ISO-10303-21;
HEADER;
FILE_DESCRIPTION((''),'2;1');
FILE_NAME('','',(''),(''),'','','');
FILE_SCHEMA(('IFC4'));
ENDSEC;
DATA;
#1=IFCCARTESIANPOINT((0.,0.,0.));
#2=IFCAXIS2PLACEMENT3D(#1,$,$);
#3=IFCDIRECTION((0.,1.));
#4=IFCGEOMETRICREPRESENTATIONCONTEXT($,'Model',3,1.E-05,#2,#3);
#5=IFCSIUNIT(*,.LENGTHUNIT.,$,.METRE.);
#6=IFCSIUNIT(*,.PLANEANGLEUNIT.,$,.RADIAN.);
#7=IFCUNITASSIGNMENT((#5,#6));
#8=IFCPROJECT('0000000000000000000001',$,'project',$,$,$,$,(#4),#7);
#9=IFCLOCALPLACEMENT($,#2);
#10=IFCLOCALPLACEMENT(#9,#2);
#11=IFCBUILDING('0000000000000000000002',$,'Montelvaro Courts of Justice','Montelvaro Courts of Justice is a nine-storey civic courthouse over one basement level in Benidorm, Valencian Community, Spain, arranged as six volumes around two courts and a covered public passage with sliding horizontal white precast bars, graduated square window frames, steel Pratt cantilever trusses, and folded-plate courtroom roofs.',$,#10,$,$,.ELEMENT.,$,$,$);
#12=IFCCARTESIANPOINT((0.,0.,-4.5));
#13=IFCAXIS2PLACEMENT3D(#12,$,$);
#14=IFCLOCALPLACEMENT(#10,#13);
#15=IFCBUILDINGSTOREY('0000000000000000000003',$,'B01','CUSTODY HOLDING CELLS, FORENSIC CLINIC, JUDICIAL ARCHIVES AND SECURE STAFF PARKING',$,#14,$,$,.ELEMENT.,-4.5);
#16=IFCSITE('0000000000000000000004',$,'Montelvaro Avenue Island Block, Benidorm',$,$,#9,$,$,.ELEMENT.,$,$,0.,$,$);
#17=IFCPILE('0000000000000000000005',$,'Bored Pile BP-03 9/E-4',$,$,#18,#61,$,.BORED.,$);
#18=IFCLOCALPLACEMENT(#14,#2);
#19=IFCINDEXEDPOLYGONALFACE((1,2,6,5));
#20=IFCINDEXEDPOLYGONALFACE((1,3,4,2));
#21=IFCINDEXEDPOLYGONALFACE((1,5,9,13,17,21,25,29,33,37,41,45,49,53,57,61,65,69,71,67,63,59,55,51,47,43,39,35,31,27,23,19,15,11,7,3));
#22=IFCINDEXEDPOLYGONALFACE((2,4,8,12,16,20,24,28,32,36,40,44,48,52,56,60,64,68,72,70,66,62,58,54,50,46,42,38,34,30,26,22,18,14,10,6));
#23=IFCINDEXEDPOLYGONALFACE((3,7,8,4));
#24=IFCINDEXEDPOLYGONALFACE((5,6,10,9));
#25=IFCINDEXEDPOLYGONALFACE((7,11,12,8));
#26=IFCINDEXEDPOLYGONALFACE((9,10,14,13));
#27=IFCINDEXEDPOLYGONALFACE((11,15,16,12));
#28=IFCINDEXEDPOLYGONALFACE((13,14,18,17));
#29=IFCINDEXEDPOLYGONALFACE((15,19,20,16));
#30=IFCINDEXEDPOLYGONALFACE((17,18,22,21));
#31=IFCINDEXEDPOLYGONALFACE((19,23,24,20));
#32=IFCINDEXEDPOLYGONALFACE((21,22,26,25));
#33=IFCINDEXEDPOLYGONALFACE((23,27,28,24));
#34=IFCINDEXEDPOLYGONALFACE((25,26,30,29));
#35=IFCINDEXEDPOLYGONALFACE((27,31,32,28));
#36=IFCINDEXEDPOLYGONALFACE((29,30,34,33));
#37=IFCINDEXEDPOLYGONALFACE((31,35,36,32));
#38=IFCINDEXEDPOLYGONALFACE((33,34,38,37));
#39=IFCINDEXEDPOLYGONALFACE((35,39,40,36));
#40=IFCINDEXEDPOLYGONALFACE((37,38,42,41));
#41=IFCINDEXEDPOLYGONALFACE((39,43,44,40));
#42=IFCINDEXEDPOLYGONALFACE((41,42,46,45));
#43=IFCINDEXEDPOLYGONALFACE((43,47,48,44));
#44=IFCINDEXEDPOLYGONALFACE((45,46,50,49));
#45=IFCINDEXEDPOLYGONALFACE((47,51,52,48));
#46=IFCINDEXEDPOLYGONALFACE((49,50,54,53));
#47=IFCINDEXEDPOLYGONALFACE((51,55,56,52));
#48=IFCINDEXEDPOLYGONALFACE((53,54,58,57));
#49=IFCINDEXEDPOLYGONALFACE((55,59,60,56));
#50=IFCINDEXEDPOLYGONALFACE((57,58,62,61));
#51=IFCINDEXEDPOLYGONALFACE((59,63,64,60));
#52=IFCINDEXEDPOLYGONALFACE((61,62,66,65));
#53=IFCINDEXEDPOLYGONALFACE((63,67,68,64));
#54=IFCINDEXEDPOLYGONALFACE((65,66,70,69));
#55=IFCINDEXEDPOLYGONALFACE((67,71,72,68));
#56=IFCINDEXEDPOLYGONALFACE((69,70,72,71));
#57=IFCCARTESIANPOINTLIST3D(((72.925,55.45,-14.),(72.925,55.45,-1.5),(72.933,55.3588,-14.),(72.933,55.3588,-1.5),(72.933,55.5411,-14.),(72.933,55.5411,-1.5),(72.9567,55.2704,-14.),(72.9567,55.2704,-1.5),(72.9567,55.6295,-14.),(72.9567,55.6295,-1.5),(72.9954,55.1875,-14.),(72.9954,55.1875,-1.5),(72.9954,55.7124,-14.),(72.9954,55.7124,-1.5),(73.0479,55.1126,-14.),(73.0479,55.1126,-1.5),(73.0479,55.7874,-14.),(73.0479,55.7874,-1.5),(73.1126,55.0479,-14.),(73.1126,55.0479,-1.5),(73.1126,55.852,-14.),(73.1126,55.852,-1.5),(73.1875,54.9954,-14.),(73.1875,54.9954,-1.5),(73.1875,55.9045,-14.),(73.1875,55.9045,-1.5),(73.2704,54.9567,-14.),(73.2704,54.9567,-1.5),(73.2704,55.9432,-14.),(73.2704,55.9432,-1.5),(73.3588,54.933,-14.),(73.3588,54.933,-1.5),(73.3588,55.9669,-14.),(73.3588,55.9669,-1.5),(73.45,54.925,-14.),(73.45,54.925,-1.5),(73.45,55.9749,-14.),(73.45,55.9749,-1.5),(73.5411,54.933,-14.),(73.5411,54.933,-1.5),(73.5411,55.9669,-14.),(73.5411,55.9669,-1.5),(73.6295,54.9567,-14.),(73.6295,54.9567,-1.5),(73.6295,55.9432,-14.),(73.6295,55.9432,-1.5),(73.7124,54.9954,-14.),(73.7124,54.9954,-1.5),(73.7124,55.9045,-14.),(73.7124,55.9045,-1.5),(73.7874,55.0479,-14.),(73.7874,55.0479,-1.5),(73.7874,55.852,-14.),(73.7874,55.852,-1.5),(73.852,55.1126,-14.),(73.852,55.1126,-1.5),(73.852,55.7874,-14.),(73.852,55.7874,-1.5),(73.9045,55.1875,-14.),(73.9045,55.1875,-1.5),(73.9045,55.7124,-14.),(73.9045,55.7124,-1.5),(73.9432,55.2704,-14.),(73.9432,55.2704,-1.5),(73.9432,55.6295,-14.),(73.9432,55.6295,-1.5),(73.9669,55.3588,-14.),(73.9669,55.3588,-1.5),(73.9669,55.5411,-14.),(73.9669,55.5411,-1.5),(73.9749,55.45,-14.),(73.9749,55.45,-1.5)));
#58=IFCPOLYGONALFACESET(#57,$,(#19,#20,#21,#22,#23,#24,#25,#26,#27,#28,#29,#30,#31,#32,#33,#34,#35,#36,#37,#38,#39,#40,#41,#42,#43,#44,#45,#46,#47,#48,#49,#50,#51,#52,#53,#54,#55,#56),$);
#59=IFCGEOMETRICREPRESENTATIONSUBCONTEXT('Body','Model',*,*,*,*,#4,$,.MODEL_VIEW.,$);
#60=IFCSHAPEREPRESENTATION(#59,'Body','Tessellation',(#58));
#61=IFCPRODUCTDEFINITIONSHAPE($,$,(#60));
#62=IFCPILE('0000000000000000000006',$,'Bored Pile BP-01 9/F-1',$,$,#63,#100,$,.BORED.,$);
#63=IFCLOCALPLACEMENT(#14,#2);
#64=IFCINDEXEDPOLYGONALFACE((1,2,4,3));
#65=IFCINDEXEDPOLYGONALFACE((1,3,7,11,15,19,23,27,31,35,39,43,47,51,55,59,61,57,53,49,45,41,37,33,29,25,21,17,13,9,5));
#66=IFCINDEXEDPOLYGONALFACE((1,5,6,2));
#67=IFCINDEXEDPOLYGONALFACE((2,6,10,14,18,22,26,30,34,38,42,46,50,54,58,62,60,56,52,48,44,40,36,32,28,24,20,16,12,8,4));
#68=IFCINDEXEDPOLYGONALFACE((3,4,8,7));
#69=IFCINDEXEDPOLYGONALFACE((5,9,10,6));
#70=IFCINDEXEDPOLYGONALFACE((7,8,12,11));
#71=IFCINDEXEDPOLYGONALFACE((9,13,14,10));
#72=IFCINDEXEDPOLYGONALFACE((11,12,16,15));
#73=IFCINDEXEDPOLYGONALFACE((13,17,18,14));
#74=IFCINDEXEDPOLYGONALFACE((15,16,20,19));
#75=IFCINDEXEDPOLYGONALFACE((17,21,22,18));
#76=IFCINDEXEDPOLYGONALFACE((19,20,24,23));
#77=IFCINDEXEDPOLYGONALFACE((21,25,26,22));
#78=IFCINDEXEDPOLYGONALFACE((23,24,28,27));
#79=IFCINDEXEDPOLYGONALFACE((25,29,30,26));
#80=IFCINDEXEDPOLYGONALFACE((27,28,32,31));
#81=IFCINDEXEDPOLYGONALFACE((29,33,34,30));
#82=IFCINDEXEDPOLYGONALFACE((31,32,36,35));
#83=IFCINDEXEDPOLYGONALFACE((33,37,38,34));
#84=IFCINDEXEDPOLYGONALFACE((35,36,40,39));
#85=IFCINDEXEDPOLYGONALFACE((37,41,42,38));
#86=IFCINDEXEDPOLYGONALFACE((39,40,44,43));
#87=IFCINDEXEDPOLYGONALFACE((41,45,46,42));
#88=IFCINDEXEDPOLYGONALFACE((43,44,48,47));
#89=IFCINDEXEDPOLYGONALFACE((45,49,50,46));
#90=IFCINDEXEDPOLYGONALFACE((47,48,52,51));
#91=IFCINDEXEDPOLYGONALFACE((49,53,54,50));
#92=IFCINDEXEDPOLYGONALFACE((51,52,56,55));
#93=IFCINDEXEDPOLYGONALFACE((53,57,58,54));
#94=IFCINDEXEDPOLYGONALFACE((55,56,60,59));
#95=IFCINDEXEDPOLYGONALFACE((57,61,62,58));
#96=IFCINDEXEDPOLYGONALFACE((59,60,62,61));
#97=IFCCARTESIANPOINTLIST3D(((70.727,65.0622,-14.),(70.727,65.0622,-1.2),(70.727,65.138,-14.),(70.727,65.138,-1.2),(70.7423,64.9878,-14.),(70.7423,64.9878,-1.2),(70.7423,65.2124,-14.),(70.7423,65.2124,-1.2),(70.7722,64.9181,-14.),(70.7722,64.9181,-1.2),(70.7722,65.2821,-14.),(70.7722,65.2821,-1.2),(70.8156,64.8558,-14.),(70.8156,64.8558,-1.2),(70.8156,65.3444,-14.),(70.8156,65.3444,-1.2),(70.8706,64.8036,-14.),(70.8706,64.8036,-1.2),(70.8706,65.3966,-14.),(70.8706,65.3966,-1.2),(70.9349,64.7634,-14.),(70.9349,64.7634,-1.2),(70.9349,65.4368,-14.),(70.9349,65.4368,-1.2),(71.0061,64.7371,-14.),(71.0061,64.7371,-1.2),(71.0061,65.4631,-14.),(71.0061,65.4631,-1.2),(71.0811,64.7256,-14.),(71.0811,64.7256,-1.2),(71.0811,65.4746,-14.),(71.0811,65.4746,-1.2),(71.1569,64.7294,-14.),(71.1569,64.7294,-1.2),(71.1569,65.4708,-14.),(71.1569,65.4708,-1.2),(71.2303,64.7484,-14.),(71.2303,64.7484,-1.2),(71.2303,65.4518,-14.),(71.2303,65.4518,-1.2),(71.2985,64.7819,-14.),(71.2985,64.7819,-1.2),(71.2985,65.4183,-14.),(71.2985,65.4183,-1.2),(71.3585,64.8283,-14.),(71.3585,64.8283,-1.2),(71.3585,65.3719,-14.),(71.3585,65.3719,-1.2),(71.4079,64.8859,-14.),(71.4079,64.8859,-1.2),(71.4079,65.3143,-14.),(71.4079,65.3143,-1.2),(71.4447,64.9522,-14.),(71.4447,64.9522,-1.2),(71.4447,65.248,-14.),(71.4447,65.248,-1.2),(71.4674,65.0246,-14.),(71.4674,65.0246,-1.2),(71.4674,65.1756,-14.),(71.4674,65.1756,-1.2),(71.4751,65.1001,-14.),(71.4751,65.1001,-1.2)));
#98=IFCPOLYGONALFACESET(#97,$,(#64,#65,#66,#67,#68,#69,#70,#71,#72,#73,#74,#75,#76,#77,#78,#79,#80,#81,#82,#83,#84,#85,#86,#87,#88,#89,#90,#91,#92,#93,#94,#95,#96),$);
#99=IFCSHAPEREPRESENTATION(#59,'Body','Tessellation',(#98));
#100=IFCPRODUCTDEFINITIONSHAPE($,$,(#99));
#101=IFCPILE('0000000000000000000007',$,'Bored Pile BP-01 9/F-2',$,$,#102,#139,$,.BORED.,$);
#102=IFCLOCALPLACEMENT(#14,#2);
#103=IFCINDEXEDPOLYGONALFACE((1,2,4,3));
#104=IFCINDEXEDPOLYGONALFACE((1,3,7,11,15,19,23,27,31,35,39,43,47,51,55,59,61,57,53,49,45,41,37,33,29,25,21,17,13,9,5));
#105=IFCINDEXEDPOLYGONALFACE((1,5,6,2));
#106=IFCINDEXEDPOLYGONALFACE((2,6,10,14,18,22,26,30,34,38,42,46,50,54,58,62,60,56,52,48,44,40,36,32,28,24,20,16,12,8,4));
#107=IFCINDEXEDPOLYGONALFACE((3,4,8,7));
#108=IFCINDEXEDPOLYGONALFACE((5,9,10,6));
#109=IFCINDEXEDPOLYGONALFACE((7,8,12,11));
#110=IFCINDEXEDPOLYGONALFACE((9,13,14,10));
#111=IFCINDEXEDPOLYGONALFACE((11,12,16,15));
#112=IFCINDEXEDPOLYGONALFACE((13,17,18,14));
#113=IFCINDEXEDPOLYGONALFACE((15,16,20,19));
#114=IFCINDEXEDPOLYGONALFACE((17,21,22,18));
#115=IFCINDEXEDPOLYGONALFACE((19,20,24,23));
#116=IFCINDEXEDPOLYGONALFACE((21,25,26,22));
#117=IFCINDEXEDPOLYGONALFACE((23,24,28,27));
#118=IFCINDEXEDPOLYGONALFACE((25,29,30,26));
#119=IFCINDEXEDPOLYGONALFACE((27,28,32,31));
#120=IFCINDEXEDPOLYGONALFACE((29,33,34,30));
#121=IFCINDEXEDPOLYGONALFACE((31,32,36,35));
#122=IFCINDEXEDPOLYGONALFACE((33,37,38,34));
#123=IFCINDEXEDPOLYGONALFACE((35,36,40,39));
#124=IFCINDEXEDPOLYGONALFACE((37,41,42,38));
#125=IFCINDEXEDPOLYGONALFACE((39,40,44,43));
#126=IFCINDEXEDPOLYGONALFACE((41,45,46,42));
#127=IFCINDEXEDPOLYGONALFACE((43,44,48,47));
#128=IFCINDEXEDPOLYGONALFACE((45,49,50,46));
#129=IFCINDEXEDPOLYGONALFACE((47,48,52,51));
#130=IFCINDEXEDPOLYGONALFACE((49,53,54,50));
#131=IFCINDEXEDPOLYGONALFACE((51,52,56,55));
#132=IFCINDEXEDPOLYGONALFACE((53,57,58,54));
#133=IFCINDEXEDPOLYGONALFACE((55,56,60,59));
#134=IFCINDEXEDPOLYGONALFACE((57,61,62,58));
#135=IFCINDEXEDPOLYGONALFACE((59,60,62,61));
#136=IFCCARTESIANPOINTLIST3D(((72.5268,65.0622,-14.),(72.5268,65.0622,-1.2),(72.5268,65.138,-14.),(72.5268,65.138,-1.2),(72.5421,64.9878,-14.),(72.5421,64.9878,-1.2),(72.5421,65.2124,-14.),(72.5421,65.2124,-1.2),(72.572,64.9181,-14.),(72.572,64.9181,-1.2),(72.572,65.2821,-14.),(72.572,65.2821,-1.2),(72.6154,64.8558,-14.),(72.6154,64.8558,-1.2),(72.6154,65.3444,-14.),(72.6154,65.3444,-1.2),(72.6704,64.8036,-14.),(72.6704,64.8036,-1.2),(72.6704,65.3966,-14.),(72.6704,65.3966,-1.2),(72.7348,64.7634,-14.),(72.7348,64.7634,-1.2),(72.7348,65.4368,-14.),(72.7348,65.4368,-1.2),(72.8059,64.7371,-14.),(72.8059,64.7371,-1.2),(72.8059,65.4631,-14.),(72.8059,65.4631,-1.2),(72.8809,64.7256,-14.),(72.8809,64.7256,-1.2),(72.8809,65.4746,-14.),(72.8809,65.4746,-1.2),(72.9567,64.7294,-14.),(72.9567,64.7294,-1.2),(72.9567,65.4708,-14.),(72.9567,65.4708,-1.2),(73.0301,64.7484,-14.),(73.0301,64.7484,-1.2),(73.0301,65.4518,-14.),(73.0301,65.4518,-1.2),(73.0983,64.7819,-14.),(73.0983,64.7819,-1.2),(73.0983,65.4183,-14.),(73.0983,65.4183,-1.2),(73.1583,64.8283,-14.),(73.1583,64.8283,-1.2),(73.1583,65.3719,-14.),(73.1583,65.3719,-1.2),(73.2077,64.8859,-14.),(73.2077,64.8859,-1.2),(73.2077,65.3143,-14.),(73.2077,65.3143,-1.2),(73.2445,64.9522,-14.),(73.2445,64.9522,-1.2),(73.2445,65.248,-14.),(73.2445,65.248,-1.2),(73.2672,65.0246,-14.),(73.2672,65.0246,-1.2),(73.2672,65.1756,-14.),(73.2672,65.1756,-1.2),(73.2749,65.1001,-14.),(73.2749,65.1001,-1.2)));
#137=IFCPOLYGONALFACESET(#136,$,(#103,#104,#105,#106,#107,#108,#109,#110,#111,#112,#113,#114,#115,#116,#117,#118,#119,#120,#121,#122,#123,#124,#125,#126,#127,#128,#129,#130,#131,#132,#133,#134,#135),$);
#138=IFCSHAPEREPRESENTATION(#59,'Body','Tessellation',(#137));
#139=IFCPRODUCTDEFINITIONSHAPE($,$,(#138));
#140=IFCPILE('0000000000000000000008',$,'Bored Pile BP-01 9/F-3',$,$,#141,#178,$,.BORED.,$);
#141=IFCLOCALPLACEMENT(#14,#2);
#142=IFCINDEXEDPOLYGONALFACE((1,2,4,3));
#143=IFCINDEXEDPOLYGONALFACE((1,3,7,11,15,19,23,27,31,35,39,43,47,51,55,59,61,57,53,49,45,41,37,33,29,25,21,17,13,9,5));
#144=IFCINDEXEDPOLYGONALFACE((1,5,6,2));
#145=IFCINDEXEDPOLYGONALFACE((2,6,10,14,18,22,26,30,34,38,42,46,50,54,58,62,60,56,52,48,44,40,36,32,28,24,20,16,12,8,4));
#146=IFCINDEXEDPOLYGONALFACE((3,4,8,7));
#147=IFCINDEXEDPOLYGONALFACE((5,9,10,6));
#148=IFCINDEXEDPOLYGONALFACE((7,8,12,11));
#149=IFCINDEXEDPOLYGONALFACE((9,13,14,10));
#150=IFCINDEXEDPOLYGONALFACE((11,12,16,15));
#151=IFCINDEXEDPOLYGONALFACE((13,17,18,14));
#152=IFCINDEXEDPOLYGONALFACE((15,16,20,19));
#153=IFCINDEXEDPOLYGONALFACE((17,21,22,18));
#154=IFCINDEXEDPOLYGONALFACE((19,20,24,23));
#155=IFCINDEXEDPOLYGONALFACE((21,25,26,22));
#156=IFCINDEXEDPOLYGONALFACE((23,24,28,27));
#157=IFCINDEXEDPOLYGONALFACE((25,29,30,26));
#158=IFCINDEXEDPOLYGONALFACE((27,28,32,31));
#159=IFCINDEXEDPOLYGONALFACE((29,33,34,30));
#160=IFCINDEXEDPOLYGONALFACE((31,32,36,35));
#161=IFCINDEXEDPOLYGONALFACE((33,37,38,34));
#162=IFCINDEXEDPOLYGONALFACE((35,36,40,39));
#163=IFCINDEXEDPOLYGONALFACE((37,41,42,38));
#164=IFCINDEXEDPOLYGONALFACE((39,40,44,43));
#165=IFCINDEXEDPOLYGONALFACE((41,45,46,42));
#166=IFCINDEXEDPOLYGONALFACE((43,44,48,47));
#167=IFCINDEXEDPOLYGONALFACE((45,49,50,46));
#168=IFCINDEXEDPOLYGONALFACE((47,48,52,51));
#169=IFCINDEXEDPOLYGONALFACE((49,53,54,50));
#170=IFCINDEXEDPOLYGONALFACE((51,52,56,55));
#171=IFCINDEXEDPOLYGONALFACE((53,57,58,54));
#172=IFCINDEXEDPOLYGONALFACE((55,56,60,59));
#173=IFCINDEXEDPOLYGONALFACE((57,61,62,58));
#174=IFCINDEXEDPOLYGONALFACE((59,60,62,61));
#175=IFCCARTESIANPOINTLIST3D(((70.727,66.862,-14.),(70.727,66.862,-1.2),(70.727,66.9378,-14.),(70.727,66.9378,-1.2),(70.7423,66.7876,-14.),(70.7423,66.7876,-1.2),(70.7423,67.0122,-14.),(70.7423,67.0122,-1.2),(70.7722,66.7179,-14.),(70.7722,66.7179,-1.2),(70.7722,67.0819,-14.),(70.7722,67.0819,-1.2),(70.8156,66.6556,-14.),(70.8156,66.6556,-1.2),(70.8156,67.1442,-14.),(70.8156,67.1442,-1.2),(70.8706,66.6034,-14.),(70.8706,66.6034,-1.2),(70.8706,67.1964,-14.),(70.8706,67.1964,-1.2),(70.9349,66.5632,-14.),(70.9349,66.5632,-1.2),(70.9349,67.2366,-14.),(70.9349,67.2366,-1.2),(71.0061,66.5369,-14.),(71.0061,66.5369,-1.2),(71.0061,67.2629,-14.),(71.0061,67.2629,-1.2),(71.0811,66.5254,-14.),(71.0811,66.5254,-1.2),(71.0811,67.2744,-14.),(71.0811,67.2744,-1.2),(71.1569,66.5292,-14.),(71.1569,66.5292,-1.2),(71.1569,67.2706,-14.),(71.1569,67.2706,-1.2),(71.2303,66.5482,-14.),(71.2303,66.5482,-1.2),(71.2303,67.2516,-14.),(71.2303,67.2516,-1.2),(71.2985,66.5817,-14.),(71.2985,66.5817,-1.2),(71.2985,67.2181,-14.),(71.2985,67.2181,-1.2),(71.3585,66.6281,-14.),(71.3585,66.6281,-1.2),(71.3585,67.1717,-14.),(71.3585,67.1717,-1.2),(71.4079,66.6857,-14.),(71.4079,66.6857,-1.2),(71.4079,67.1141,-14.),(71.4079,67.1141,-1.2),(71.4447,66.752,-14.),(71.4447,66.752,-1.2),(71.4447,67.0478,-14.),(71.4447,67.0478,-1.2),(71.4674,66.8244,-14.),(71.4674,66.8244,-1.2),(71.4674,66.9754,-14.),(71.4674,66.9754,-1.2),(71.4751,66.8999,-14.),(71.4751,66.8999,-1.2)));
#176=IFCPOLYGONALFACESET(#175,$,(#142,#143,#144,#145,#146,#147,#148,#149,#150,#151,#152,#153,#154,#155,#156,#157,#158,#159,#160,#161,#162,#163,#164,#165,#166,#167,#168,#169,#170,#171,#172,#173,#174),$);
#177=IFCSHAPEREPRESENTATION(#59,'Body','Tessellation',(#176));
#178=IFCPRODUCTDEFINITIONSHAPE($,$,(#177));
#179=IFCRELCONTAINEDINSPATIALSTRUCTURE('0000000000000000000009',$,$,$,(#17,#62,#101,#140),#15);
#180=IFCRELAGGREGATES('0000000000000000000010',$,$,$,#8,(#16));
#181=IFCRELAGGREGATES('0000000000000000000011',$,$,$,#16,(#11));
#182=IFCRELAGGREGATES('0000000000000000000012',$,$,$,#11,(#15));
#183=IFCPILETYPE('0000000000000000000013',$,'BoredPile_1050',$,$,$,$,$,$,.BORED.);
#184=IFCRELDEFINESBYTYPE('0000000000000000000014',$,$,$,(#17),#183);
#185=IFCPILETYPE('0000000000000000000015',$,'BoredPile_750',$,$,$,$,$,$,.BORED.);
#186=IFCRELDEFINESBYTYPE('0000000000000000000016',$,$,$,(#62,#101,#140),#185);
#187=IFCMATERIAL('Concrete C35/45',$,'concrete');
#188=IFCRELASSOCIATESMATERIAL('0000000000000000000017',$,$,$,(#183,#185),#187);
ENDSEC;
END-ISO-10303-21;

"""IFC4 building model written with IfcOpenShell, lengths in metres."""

from ifc_helpers import new_model, si_unit, direction, frame, origin, origin_2d, place, context, subcontext, project, spatial, circle, extrude, material, material_profile, profile_set, type_object, element, save


model = new_model("IFC4")

# Units and contexts
model_context = context("Model", 3, precision=1e-05, world=origin(), true_north=direction((0.0, 1.0)))
body_context = subcontext(model_context, "Body", "Model", "MODEL_VIEW")
ifc_project = project(units=[si_unit("LENGTHUNIT", "METRE"), si_unit("PLANEANGLEUNIT", "RADIAN")], contexts=[model_context])

# Site, building, storey
site_placement = place(None, origin())
site = spatial("IfcSite", under=ifc_project, at=site_placement, Name="Montelvaro Avenue Island Block, Benidorm", CompositionType="ELEMENT", RefElevation=0.0)
building_placement = place(site_placement, origin())
building = spatial("IfcBuilding", under=site, at=building_placement, Name="Montelvaro Courts of Justice", Description="Montelvaro Courts of Justice is a nine-storey civic courthouse over one basement level in Benidorm, Valencian Community, Spain, arranged as six volumes around two courts and a covered public passage with sliding horizontal white precast bars, graduated square window frames, steel Pratt cantilever trusses, and folded-plate courtroom roofs.", CompositionType="ELEMENT")
storey_placement = place(building_placement, frame((0.0, 0.0, -4.5)))
storey = spatial("IfcBuildingStorey", under=building, at=storey_placement, Name="B01", Description="CUSTODY HOLDING CELLS, FORENSIC CLINIC, JUDICIAL ARCHIVES AND SECURE STAFF PARKING", CompositionType="ELEMENT", Elevation=-4.5)

# Piles
ifc_material_1 = material(Name="Concrete C35/45", Category="concrete")
ifc_material_profile_1 = material_profile(ifc_material_1, circle(Radius=0.5249, at=origin_2d()), Name="BORED PILE D1050")
ifc_profile_set_1 = profile_set([ifc_material_profile_1], Name="Concrete C35/45")
pile_type_1 = type_object("IfcPileType", Name="BoredPile_1050", PredefinedType="BORED", material=ifc_profile_set_1)
for number, where, z_axis, x_axis, name in (
    (1, (73.45, 55.45, -1.5), (0.0, 0.0, -1.0), (1.0, 0.0, 0.0), "Bored Pile BP-03 9/E-4"),
):
    element("IfcPile", number, at=place(storey_placement, frame(where, z_axis=z_axis, x_axis=x_axis)), inside=storey, type_object=pile_type_1, Name=name, PredefinedType="BORED", context=body_context, shape_type="SweptSolid", body=[
        extrude(circle(Radius=0.5249, at=origin_2d()), origin(), (0.0, 0.0, 1.0), 12.5),
    ])
ifc_material_profile_2 = material_profile(ifc_material_1, circle(Radius=0.375, at=origin_2d()), Name="BORED PILE D750")
ifc_profile_set_2 = profile_set([ifc_material_profile_2], Name="Concrete C35/45")
pile_type_2 = type_object("IfcPileType", Name="BoredPile_750", PredefinedType="BORED", material=ifc_profile_set_2)
for number, where, z_axis, x_axis, name in (
    (2, (71.1001, 65.1001, -1.2), (0.0, 0.0, -1.0), (1.0, 0.0, 0.0), "Bored Pile BP-01 9/F-1"),
    (3, (72.8999, 65.1001, -1.2), (0.0, 0.0, -1.0), (1.0, 0.0, 0.0), "Bored Pile BP-01 9/F-2"),
    (4, (71.1001, 66.8999, -1.2), (0.0, 0.0, -1.0), (1.0, 0.0, 0.0), "Bored Pile BP-01 9/F-3"),
):
    element("IfcPile", number, at=place(storey_placement, frame(where, z_axis=z_axis, x_axis=x_axis)), inside=storey, type_object=pile_type_2, Name=name, PredefinedType="BORED", context=body_context, shape_type="SweptSolid", body=[
        extrude(circle(Radius=0.375, at=origin_2d()), origin(), (0.0, 0.0, 1.0), 12.8),
    ])

save(model, "model.ifc")
